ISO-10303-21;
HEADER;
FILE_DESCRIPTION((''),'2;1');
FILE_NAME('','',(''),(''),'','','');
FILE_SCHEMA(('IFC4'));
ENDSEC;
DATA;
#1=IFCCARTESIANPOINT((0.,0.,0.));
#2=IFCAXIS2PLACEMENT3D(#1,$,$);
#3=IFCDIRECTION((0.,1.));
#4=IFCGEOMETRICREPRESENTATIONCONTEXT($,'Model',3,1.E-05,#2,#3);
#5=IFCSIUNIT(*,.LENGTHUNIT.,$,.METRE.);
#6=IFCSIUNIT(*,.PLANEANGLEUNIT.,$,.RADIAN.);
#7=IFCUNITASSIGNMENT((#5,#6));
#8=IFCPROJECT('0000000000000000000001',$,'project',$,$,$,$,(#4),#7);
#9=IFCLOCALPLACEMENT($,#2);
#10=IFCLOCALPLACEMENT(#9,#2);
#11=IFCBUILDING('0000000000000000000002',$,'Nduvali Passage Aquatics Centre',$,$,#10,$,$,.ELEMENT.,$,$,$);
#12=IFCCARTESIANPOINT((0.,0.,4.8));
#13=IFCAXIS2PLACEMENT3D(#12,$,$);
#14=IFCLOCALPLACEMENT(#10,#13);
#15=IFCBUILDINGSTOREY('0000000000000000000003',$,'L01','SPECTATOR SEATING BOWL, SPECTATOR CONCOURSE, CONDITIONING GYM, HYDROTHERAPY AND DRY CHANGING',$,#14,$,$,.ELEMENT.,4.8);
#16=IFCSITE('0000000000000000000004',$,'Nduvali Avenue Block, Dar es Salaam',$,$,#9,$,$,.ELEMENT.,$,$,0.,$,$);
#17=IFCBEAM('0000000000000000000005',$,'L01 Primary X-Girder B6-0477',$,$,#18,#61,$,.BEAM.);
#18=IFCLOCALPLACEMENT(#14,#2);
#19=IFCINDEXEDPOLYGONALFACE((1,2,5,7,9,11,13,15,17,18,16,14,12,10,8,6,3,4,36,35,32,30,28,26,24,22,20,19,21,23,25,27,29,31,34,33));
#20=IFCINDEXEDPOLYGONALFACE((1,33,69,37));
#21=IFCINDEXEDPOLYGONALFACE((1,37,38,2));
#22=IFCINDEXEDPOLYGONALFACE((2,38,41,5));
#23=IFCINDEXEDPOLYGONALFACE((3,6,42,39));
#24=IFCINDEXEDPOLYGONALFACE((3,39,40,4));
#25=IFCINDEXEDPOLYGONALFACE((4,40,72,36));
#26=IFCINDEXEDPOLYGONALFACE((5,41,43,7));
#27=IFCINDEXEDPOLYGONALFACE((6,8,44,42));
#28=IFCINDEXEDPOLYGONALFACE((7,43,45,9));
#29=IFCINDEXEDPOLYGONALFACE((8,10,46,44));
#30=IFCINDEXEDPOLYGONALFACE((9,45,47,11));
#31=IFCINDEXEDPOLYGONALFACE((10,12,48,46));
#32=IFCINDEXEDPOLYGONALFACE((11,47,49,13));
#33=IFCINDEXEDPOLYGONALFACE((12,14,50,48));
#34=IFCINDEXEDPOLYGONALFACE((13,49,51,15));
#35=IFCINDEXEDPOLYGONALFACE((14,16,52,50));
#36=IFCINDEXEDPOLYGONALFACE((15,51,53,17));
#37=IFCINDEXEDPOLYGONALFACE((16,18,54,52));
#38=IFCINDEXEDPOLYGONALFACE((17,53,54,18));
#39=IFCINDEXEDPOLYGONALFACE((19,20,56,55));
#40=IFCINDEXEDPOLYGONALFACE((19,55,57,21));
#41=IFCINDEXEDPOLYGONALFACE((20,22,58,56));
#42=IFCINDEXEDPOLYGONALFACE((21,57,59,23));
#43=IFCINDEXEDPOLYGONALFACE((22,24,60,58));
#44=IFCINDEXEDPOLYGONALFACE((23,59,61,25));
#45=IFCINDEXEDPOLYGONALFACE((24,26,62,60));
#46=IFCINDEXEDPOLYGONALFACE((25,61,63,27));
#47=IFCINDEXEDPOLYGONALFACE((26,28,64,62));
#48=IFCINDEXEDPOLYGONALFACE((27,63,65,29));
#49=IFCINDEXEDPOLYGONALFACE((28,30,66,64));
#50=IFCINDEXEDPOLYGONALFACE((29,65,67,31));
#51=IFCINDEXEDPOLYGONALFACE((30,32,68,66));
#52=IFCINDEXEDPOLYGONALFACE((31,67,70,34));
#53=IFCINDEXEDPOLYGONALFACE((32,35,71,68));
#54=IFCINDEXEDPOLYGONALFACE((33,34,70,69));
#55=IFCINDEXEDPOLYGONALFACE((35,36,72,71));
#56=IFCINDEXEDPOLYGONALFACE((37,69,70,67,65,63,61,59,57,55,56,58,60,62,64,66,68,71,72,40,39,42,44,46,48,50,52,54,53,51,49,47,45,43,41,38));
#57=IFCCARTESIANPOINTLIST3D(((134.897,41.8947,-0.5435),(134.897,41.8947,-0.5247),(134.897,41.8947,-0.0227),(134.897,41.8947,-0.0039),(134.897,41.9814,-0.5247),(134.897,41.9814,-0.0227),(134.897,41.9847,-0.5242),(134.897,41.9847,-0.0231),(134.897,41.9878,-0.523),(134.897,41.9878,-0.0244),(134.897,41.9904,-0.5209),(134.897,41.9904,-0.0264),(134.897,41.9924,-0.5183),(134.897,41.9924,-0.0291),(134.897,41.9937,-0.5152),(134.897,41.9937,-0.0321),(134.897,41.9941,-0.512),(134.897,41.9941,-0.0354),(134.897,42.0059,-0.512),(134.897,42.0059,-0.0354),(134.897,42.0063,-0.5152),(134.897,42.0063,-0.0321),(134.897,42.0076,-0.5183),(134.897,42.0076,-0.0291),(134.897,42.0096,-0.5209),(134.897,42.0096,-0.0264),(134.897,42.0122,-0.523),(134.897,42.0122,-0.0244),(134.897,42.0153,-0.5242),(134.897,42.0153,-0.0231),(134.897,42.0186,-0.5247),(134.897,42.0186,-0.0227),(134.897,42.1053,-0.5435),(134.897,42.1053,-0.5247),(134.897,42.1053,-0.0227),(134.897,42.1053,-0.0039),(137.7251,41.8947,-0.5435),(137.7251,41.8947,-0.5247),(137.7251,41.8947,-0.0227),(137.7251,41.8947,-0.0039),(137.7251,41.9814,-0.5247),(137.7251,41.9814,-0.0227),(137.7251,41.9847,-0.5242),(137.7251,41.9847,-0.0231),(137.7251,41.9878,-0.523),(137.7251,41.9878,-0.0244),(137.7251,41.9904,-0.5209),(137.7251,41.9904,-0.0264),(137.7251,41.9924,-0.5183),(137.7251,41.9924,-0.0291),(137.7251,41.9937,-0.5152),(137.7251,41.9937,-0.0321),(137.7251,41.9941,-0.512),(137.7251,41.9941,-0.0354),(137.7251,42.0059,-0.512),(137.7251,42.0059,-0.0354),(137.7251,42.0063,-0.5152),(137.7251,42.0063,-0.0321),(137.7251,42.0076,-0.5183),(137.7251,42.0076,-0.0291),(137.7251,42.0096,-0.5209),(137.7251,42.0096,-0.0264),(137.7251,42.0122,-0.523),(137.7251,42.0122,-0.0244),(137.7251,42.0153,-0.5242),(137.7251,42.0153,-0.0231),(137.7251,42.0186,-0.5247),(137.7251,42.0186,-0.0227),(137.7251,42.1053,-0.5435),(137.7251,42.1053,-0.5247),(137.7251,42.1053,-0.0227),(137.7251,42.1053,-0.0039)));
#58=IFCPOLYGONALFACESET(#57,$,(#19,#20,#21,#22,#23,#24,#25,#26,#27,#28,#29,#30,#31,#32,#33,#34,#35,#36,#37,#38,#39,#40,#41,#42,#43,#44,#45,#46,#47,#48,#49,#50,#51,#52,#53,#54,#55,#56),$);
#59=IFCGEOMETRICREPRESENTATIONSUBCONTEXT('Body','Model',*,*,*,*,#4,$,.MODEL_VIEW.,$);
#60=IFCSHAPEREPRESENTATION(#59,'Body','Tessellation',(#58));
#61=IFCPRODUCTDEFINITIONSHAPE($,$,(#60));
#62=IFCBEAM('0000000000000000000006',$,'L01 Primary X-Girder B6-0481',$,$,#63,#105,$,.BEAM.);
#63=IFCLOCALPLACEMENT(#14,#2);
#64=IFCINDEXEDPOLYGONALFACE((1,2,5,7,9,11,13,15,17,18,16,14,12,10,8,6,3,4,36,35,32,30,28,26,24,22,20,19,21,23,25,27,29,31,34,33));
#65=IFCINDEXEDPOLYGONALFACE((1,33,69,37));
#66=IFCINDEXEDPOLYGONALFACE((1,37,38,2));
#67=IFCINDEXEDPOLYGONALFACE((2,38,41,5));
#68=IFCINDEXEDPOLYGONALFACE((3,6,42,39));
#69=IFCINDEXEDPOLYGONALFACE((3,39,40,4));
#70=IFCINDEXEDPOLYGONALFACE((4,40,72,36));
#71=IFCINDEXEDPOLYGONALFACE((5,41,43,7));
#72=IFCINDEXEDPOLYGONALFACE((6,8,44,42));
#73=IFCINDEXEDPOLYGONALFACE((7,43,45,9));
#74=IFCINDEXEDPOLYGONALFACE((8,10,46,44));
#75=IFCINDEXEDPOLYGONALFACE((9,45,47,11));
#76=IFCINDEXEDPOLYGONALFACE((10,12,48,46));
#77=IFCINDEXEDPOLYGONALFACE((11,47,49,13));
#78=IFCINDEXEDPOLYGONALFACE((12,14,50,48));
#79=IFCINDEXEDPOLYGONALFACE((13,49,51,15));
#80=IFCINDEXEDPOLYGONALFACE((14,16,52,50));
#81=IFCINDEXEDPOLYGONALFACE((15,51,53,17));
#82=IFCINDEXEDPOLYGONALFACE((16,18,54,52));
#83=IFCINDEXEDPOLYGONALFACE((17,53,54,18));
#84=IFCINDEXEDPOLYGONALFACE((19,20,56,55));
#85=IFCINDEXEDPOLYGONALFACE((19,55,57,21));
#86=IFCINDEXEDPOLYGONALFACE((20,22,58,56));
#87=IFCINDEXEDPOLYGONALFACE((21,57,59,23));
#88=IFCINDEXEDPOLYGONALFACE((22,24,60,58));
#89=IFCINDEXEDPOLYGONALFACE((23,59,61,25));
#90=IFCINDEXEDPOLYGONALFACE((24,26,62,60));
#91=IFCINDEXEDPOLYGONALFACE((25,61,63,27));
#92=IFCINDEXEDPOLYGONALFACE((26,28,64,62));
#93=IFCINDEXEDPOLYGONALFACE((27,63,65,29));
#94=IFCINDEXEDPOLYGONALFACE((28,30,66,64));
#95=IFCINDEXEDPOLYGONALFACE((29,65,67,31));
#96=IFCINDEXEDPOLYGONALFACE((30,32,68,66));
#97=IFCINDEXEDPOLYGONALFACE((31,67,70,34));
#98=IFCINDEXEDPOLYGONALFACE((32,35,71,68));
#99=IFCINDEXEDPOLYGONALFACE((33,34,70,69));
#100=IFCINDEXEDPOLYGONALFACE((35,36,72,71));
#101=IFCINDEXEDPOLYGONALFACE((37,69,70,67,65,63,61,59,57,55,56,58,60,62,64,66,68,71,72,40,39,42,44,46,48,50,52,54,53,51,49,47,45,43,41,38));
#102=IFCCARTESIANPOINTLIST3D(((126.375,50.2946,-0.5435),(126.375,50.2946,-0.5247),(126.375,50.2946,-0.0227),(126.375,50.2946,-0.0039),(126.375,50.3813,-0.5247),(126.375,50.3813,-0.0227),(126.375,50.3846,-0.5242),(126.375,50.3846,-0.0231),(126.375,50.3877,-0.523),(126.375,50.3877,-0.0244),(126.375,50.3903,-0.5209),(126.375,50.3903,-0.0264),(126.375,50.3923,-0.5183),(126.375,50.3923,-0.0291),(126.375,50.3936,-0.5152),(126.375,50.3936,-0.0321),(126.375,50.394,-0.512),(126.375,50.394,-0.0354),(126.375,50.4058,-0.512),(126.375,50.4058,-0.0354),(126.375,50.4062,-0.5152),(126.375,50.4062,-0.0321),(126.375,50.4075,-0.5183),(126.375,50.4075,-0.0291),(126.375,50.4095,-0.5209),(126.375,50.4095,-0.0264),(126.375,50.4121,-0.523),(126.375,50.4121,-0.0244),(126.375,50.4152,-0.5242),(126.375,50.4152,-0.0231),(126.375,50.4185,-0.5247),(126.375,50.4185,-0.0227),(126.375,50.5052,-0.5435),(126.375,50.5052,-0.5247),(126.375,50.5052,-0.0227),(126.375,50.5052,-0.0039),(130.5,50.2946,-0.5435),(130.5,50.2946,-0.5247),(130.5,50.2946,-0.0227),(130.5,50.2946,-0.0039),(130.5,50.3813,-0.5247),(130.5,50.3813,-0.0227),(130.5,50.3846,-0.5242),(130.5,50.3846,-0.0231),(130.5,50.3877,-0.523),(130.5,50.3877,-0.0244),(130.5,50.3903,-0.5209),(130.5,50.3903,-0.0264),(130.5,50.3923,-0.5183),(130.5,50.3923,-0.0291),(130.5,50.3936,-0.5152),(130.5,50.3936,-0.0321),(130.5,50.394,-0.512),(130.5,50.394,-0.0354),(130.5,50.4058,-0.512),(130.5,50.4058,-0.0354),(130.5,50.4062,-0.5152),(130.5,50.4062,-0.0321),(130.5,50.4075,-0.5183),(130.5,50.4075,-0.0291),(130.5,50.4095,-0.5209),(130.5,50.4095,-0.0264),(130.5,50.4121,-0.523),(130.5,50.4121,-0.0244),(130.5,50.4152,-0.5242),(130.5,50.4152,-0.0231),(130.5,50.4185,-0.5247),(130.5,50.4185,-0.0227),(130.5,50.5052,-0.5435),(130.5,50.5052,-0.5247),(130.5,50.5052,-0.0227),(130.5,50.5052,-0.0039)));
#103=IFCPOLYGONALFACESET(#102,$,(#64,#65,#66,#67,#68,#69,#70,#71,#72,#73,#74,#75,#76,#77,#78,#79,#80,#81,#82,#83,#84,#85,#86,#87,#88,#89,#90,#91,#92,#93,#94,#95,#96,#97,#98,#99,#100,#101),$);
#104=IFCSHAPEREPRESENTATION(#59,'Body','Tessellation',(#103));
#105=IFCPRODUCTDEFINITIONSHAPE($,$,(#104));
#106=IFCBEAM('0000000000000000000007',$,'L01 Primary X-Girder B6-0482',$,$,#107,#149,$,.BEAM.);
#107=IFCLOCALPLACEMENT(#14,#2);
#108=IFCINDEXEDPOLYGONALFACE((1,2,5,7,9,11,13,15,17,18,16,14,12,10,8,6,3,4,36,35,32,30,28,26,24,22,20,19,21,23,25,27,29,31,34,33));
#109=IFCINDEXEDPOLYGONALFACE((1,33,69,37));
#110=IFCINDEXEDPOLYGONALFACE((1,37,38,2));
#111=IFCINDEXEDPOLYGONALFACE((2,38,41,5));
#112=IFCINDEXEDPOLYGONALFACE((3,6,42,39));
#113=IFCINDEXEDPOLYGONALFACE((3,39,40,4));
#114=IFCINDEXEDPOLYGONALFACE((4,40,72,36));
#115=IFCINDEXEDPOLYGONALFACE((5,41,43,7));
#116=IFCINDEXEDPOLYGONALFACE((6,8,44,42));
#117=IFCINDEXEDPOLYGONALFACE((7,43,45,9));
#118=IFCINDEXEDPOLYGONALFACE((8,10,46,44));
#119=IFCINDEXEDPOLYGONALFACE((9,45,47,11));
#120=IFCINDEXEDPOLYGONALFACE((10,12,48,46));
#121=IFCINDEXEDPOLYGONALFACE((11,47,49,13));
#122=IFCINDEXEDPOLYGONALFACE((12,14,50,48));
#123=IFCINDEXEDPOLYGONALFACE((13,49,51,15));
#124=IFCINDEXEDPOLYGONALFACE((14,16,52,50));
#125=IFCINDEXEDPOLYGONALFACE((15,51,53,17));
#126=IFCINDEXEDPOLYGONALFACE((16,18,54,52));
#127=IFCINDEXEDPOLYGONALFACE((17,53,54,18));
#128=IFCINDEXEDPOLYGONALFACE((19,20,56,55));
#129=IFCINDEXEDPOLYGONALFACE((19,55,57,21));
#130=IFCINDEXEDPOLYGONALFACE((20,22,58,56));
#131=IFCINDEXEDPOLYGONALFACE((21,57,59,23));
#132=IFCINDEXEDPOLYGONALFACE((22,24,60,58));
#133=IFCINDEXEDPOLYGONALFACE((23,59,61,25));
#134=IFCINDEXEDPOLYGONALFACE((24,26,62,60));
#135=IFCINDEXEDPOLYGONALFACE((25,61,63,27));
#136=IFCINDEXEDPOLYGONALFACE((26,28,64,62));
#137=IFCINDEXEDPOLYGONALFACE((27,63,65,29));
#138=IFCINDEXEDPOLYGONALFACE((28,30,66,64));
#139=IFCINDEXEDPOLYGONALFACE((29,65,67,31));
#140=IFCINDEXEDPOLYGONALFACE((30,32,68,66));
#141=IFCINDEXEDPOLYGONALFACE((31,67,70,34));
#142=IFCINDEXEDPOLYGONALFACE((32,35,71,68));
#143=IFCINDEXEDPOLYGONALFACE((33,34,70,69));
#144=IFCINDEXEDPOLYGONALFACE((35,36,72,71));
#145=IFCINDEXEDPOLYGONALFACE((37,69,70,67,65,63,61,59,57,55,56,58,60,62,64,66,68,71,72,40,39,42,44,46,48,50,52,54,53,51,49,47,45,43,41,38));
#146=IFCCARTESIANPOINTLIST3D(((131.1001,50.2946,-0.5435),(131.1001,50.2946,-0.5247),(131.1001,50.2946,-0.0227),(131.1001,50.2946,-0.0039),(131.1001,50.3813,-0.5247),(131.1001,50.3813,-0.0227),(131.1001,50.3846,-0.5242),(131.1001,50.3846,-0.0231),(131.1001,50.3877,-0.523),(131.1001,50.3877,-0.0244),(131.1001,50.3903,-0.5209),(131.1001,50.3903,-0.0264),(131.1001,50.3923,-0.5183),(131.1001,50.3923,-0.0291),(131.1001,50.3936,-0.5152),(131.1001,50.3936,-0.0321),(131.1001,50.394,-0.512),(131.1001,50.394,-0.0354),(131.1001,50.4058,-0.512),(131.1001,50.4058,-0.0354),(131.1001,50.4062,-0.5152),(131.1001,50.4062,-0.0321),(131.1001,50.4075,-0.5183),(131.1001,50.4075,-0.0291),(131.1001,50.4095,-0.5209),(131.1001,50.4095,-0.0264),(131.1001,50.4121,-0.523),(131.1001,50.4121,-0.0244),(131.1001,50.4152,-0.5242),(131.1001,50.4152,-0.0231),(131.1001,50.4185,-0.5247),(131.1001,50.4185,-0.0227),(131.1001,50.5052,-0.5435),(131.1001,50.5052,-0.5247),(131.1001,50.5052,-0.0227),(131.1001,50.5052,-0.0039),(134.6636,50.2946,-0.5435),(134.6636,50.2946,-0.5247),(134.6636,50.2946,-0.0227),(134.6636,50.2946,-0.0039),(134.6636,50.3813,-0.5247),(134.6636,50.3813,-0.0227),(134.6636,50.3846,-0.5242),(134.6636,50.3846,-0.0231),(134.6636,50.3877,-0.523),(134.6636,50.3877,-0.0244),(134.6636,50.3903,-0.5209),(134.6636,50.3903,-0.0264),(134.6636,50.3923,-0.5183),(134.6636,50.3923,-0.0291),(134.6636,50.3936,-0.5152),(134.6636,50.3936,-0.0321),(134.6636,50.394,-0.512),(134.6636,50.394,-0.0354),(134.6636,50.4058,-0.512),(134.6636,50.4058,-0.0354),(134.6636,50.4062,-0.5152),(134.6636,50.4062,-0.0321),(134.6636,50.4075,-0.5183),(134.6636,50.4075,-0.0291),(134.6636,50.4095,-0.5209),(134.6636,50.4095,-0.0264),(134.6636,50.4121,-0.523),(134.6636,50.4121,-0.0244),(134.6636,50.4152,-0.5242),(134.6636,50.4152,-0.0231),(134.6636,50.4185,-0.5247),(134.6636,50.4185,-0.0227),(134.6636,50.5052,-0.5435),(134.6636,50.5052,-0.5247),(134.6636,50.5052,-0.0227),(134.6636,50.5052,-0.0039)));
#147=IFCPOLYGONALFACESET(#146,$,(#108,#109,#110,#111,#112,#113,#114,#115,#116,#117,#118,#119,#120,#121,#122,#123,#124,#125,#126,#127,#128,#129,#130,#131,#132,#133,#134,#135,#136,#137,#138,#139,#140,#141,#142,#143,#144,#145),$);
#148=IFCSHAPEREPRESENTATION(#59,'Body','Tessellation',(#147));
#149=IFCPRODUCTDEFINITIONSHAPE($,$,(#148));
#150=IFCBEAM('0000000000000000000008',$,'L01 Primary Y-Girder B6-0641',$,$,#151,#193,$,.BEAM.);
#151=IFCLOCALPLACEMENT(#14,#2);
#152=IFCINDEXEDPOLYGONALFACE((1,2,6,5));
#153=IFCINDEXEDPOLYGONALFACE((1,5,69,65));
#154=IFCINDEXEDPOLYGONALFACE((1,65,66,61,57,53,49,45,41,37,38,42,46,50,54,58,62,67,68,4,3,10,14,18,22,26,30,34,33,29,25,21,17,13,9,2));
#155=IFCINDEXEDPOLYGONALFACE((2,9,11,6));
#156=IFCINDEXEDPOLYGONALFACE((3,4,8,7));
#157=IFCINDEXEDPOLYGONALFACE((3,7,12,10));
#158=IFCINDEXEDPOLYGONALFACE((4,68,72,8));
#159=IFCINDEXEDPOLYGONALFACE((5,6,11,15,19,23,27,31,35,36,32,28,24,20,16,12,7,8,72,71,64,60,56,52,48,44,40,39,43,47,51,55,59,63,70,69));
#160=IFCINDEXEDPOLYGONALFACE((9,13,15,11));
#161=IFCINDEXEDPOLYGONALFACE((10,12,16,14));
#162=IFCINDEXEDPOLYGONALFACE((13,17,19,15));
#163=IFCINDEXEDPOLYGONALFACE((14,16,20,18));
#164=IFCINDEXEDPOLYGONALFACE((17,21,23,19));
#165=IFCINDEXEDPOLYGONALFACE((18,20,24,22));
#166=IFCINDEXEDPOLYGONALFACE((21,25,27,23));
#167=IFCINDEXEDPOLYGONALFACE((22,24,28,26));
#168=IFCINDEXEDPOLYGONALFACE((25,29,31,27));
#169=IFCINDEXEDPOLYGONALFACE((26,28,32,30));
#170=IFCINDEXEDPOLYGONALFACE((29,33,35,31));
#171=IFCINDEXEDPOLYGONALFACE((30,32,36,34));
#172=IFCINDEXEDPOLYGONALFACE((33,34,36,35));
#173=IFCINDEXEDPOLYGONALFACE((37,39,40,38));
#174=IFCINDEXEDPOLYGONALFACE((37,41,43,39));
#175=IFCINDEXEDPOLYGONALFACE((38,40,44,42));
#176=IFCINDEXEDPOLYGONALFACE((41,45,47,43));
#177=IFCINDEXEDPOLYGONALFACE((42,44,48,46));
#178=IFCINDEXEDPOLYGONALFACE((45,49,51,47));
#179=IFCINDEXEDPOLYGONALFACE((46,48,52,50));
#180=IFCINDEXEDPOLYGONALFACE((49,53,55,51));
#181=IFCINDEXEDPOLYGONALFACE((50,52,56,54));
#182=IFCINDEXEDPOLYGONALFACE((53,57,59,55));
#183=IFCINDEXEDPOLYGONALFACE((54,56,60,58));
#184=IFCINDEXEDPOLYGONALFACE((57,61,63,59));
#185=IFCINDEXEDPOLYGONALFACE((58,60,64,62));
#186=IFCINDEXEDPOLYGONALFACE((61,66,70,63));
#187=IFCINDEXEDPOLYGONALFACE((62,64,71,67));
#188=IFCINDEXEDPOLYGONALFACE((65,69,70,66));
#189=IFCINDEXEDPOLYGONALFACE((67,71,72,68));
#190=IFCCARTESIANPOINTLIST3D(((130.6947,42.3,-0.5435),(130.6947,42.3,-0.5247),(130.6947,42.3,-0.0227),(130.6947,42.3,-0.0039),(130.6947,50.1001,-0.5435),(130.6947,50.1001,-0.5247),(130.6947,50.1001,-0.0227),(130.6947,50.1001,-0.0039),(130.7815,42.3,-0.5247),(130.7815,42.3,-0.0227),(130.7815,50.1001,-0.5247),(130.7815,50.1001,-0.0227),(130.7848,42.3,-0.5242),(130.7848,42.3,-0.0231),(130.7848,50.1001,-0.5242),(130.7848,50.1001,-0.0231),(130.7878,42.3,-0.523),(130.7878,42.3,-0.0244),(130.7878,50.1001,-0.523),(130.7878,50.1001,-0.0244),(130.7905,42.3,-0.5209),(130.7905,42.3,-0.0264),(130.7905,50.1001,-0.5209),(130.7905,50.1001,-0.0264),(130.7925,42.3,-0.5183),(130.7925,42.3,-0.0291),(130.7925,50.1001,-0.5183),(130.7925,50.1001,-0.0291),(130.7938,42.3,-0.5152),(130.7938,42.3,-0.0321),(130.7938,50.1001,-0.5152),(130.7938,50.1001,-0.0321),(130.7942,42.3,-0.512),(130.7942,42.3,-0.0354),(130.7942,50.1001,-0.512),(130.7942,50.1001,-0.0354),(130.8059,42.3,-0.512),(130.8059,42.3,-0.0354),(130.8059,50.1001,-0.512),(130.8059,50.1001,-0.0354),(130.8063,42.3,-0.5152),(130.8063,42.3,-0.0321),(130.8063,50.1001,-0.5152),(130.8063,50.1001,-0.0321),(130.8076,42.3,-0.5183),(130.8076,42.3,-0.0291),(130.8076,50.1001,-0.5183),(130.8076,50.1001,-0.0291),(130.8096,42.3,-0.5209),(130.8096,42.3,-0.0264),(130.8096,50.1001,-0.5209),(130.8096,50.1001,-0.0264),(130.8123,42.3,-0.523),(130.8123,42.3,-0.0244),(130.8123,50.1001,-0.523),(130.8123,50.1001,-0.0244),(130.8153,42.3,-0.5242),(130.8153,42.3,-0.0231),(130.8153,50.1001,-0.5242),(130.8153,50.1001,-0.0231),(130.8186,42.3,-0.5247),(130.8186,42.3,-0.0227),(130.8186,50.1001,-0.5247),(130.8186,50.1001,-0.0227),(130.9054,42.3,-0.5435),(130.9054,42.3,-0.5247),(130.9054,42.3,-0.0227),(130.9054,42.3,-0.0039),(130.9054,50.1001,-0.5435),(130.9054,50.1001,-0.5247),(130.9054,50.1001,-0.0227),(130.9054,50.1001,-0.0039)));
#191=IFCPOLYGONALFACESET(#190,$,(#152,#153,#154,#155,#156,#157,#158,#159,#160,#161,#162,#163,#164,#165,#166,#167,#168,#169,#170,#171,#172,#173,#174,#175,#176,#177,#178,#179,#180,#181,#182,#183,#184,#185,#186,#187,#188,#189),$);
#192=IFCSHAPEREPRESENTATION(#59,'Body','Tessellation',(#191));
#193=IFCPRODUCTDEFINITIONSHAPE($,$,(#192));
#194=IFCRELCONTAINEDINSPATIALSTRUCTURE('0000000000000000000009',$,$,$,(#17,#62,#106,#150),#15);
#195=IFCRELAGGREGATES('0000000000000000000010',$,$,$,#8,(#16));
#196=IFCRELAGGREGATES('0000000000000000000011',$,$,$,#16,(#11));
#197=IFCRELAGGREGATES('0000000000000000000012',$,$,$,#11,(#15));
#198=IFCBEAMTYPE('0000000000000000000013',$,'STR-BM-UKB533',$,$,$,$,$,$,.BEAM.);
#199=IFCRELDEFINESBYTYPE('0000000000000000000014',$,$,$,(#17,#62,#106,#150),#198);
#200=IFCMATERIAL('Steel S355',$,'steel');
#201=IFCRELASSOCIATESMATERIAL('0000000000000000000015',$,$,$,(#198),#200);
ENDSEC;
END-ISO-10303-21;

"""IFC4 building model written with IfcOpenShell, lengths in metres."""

from ifc_helpers import new_model, si_unit, direction, frame, origin, origin_2d, place, context, subcontext, project, spatial, i_section, extrude, material, material_profile, profile_set, type_object, element, save


model = new_model("IFC4")

# Units and contexts
model_context = context("Model", 3, precision=1e-05, world=origin(), true_north=direction((0.0, 1.0)))
body_context = subcontext(model_context, "Body", "Model", "MODEL_VIEW")
ifc_project = project(units=[si_unit("LENGTHUNIT", "METRE"), si_unit("PLANEANGLEUNIT", "RADIAN")], contexts=[model_context])

# Site, building, storey
site_placement = place(None, origin())
site = spatial("IfcSite", under=ifc_project, at=site_placement, Name="Nduvali Avenue Block, Dar es Salaam", CompositionType="ELEMENT", RefElevation=0.0)
building_placement = place(site_placement, origin())
building = spatial("IfcBuilding", under=site, at=building_placement, Name="Nduvali Passage Aquatics Centre", CompositionType="ELEMENT")
storey_placement = place(building_placement, frame((0.0, 0.0, 4.8)))
storey = spatial("IfcBuildingStorey", under=building, at=storey_placement, Name="L01", Description="SPECTATOR SEATING BOWL, SPECTATOR CONCOURSE, CONDITIONING GYM, HYDROTHERAPY AND DRY CHANGING", CompositionType="ELEMENT", Elevation=4.8)

# Beams
ifc_material_1 = material(Name="Steel S355", Category="steel")
ifc_material_profile_1 = material_profile(ifc_material_1, i_section(OverallWidth=0.2107, OverallDepth=0.5396, WebThickness=0.0117, FlangeThickness=0.0188, FilletRadius=0.0127, at=origin_2d()), Name="UKB 533x210x109")
ifc_profile_set_1 = profile_set([ifc_material_profile_1], Name="Steel S355")
beam_type_1 = type_object("IfcBeamType", Name="STR-BM-UKB533", PredefinedType="BEAM", material=ifc_profile_set_1)
beam_1_placement = place(storey_placement, frame((134.897, 42.0, -0.2737), z_axis=(1.0, 0.0, 0.0), x_axis=(0.0, 1.0, 0.0)))
element("IfcBeam", 1, at=beam_1_placement, inside=storey, type_object=beam_type_1, Name="L01 Primary X-Girder B6-0477", PredefinedType="BEAM", context=body_context, shape_type="SweptSolid", body=[
    extrude(i_section(OverallWidth=0.2107, OverallDepth=0.5396, WebThickness=0.0117, FlangeThickness=0.0188, FilletRadius=0.0127, at=origin_2d()), origin(), (0.0, 0.0, 1.0), 2.8281),
])
beam_2_placement = place(storey_placement, frame((126.375, 50.3999, -0.2737), z_axis=(1.0, 0.0, 0.0), x_axis=(0.0, 1.0, 0.0)))
element("IfcBeam", 2, at=beam_2_placement, inside=storey, type_object=beam_type_1, Name="L01 Primary X-Girder B6-0481", PredefinedType="BEAM", context=body_context, shape_type="SweptSolid", body=[
    extrude(i_section(OverallWidth=0.2107, OverallDepth=0.5396, WebThickness=0.0117, FlangeThickness=0.0188, FilletRadius=0.0127, at=origin_2d()), origin(), (0.0, 0.0, 1.0), 4.125),
])
beam_3_placement = place(storey_placement, frame((131.1001, 50.3999, -0.2737), z_axis=(1.0, 0.0, 0.0), x_axis=(0.0, 1.0, 0.0)))
element("IfcBeam", 3, at=beam_3_placement, inside=storey, type_object=beam_type_1, Name="L01 Primary X-Girder B6-0482", PredefinedType="BEAM", context=body_context, shape_type="SweptSolid", body=[
    extrude(i_section(OverallWidth=0.2107, OverallDepth=0.5396, WebThickness=0.0117, FlangeThickness=0.0188, FilletRadius=0.0127, at=origin_2d()), origin(), (0.0, 0.0, 1.0), 3.5635),
])
for number, where, z_axis, x_axis, name in (
    (4, (130.8, 42.3, -0.2737), (0.0, 1.0, 0.0), (-1.0, 0.0, 0.0), "L01 Primary Y-Girder B6-0641"),
):
    element("IfcBeam", number, at=place(storey_placement, frame(where, z_axis=z_axis, x_axis=x_axis)), inside=storey, type_object=beam_type_1, Name=name, PredefinedType="BEAM", context=body_context, shape_type="SweptSolid", body=[
        extrude(i_section(OverallWidth=0.2107, OverallDepth=0.5396, WebThickness=0.0117, FlangeThickness=0.0188, FilletRadius=0.0127, at=origin_2d()), origin(), (0.0, 0.0, 1.0), 7.8),
    ])

save(model, "model.ifc")
